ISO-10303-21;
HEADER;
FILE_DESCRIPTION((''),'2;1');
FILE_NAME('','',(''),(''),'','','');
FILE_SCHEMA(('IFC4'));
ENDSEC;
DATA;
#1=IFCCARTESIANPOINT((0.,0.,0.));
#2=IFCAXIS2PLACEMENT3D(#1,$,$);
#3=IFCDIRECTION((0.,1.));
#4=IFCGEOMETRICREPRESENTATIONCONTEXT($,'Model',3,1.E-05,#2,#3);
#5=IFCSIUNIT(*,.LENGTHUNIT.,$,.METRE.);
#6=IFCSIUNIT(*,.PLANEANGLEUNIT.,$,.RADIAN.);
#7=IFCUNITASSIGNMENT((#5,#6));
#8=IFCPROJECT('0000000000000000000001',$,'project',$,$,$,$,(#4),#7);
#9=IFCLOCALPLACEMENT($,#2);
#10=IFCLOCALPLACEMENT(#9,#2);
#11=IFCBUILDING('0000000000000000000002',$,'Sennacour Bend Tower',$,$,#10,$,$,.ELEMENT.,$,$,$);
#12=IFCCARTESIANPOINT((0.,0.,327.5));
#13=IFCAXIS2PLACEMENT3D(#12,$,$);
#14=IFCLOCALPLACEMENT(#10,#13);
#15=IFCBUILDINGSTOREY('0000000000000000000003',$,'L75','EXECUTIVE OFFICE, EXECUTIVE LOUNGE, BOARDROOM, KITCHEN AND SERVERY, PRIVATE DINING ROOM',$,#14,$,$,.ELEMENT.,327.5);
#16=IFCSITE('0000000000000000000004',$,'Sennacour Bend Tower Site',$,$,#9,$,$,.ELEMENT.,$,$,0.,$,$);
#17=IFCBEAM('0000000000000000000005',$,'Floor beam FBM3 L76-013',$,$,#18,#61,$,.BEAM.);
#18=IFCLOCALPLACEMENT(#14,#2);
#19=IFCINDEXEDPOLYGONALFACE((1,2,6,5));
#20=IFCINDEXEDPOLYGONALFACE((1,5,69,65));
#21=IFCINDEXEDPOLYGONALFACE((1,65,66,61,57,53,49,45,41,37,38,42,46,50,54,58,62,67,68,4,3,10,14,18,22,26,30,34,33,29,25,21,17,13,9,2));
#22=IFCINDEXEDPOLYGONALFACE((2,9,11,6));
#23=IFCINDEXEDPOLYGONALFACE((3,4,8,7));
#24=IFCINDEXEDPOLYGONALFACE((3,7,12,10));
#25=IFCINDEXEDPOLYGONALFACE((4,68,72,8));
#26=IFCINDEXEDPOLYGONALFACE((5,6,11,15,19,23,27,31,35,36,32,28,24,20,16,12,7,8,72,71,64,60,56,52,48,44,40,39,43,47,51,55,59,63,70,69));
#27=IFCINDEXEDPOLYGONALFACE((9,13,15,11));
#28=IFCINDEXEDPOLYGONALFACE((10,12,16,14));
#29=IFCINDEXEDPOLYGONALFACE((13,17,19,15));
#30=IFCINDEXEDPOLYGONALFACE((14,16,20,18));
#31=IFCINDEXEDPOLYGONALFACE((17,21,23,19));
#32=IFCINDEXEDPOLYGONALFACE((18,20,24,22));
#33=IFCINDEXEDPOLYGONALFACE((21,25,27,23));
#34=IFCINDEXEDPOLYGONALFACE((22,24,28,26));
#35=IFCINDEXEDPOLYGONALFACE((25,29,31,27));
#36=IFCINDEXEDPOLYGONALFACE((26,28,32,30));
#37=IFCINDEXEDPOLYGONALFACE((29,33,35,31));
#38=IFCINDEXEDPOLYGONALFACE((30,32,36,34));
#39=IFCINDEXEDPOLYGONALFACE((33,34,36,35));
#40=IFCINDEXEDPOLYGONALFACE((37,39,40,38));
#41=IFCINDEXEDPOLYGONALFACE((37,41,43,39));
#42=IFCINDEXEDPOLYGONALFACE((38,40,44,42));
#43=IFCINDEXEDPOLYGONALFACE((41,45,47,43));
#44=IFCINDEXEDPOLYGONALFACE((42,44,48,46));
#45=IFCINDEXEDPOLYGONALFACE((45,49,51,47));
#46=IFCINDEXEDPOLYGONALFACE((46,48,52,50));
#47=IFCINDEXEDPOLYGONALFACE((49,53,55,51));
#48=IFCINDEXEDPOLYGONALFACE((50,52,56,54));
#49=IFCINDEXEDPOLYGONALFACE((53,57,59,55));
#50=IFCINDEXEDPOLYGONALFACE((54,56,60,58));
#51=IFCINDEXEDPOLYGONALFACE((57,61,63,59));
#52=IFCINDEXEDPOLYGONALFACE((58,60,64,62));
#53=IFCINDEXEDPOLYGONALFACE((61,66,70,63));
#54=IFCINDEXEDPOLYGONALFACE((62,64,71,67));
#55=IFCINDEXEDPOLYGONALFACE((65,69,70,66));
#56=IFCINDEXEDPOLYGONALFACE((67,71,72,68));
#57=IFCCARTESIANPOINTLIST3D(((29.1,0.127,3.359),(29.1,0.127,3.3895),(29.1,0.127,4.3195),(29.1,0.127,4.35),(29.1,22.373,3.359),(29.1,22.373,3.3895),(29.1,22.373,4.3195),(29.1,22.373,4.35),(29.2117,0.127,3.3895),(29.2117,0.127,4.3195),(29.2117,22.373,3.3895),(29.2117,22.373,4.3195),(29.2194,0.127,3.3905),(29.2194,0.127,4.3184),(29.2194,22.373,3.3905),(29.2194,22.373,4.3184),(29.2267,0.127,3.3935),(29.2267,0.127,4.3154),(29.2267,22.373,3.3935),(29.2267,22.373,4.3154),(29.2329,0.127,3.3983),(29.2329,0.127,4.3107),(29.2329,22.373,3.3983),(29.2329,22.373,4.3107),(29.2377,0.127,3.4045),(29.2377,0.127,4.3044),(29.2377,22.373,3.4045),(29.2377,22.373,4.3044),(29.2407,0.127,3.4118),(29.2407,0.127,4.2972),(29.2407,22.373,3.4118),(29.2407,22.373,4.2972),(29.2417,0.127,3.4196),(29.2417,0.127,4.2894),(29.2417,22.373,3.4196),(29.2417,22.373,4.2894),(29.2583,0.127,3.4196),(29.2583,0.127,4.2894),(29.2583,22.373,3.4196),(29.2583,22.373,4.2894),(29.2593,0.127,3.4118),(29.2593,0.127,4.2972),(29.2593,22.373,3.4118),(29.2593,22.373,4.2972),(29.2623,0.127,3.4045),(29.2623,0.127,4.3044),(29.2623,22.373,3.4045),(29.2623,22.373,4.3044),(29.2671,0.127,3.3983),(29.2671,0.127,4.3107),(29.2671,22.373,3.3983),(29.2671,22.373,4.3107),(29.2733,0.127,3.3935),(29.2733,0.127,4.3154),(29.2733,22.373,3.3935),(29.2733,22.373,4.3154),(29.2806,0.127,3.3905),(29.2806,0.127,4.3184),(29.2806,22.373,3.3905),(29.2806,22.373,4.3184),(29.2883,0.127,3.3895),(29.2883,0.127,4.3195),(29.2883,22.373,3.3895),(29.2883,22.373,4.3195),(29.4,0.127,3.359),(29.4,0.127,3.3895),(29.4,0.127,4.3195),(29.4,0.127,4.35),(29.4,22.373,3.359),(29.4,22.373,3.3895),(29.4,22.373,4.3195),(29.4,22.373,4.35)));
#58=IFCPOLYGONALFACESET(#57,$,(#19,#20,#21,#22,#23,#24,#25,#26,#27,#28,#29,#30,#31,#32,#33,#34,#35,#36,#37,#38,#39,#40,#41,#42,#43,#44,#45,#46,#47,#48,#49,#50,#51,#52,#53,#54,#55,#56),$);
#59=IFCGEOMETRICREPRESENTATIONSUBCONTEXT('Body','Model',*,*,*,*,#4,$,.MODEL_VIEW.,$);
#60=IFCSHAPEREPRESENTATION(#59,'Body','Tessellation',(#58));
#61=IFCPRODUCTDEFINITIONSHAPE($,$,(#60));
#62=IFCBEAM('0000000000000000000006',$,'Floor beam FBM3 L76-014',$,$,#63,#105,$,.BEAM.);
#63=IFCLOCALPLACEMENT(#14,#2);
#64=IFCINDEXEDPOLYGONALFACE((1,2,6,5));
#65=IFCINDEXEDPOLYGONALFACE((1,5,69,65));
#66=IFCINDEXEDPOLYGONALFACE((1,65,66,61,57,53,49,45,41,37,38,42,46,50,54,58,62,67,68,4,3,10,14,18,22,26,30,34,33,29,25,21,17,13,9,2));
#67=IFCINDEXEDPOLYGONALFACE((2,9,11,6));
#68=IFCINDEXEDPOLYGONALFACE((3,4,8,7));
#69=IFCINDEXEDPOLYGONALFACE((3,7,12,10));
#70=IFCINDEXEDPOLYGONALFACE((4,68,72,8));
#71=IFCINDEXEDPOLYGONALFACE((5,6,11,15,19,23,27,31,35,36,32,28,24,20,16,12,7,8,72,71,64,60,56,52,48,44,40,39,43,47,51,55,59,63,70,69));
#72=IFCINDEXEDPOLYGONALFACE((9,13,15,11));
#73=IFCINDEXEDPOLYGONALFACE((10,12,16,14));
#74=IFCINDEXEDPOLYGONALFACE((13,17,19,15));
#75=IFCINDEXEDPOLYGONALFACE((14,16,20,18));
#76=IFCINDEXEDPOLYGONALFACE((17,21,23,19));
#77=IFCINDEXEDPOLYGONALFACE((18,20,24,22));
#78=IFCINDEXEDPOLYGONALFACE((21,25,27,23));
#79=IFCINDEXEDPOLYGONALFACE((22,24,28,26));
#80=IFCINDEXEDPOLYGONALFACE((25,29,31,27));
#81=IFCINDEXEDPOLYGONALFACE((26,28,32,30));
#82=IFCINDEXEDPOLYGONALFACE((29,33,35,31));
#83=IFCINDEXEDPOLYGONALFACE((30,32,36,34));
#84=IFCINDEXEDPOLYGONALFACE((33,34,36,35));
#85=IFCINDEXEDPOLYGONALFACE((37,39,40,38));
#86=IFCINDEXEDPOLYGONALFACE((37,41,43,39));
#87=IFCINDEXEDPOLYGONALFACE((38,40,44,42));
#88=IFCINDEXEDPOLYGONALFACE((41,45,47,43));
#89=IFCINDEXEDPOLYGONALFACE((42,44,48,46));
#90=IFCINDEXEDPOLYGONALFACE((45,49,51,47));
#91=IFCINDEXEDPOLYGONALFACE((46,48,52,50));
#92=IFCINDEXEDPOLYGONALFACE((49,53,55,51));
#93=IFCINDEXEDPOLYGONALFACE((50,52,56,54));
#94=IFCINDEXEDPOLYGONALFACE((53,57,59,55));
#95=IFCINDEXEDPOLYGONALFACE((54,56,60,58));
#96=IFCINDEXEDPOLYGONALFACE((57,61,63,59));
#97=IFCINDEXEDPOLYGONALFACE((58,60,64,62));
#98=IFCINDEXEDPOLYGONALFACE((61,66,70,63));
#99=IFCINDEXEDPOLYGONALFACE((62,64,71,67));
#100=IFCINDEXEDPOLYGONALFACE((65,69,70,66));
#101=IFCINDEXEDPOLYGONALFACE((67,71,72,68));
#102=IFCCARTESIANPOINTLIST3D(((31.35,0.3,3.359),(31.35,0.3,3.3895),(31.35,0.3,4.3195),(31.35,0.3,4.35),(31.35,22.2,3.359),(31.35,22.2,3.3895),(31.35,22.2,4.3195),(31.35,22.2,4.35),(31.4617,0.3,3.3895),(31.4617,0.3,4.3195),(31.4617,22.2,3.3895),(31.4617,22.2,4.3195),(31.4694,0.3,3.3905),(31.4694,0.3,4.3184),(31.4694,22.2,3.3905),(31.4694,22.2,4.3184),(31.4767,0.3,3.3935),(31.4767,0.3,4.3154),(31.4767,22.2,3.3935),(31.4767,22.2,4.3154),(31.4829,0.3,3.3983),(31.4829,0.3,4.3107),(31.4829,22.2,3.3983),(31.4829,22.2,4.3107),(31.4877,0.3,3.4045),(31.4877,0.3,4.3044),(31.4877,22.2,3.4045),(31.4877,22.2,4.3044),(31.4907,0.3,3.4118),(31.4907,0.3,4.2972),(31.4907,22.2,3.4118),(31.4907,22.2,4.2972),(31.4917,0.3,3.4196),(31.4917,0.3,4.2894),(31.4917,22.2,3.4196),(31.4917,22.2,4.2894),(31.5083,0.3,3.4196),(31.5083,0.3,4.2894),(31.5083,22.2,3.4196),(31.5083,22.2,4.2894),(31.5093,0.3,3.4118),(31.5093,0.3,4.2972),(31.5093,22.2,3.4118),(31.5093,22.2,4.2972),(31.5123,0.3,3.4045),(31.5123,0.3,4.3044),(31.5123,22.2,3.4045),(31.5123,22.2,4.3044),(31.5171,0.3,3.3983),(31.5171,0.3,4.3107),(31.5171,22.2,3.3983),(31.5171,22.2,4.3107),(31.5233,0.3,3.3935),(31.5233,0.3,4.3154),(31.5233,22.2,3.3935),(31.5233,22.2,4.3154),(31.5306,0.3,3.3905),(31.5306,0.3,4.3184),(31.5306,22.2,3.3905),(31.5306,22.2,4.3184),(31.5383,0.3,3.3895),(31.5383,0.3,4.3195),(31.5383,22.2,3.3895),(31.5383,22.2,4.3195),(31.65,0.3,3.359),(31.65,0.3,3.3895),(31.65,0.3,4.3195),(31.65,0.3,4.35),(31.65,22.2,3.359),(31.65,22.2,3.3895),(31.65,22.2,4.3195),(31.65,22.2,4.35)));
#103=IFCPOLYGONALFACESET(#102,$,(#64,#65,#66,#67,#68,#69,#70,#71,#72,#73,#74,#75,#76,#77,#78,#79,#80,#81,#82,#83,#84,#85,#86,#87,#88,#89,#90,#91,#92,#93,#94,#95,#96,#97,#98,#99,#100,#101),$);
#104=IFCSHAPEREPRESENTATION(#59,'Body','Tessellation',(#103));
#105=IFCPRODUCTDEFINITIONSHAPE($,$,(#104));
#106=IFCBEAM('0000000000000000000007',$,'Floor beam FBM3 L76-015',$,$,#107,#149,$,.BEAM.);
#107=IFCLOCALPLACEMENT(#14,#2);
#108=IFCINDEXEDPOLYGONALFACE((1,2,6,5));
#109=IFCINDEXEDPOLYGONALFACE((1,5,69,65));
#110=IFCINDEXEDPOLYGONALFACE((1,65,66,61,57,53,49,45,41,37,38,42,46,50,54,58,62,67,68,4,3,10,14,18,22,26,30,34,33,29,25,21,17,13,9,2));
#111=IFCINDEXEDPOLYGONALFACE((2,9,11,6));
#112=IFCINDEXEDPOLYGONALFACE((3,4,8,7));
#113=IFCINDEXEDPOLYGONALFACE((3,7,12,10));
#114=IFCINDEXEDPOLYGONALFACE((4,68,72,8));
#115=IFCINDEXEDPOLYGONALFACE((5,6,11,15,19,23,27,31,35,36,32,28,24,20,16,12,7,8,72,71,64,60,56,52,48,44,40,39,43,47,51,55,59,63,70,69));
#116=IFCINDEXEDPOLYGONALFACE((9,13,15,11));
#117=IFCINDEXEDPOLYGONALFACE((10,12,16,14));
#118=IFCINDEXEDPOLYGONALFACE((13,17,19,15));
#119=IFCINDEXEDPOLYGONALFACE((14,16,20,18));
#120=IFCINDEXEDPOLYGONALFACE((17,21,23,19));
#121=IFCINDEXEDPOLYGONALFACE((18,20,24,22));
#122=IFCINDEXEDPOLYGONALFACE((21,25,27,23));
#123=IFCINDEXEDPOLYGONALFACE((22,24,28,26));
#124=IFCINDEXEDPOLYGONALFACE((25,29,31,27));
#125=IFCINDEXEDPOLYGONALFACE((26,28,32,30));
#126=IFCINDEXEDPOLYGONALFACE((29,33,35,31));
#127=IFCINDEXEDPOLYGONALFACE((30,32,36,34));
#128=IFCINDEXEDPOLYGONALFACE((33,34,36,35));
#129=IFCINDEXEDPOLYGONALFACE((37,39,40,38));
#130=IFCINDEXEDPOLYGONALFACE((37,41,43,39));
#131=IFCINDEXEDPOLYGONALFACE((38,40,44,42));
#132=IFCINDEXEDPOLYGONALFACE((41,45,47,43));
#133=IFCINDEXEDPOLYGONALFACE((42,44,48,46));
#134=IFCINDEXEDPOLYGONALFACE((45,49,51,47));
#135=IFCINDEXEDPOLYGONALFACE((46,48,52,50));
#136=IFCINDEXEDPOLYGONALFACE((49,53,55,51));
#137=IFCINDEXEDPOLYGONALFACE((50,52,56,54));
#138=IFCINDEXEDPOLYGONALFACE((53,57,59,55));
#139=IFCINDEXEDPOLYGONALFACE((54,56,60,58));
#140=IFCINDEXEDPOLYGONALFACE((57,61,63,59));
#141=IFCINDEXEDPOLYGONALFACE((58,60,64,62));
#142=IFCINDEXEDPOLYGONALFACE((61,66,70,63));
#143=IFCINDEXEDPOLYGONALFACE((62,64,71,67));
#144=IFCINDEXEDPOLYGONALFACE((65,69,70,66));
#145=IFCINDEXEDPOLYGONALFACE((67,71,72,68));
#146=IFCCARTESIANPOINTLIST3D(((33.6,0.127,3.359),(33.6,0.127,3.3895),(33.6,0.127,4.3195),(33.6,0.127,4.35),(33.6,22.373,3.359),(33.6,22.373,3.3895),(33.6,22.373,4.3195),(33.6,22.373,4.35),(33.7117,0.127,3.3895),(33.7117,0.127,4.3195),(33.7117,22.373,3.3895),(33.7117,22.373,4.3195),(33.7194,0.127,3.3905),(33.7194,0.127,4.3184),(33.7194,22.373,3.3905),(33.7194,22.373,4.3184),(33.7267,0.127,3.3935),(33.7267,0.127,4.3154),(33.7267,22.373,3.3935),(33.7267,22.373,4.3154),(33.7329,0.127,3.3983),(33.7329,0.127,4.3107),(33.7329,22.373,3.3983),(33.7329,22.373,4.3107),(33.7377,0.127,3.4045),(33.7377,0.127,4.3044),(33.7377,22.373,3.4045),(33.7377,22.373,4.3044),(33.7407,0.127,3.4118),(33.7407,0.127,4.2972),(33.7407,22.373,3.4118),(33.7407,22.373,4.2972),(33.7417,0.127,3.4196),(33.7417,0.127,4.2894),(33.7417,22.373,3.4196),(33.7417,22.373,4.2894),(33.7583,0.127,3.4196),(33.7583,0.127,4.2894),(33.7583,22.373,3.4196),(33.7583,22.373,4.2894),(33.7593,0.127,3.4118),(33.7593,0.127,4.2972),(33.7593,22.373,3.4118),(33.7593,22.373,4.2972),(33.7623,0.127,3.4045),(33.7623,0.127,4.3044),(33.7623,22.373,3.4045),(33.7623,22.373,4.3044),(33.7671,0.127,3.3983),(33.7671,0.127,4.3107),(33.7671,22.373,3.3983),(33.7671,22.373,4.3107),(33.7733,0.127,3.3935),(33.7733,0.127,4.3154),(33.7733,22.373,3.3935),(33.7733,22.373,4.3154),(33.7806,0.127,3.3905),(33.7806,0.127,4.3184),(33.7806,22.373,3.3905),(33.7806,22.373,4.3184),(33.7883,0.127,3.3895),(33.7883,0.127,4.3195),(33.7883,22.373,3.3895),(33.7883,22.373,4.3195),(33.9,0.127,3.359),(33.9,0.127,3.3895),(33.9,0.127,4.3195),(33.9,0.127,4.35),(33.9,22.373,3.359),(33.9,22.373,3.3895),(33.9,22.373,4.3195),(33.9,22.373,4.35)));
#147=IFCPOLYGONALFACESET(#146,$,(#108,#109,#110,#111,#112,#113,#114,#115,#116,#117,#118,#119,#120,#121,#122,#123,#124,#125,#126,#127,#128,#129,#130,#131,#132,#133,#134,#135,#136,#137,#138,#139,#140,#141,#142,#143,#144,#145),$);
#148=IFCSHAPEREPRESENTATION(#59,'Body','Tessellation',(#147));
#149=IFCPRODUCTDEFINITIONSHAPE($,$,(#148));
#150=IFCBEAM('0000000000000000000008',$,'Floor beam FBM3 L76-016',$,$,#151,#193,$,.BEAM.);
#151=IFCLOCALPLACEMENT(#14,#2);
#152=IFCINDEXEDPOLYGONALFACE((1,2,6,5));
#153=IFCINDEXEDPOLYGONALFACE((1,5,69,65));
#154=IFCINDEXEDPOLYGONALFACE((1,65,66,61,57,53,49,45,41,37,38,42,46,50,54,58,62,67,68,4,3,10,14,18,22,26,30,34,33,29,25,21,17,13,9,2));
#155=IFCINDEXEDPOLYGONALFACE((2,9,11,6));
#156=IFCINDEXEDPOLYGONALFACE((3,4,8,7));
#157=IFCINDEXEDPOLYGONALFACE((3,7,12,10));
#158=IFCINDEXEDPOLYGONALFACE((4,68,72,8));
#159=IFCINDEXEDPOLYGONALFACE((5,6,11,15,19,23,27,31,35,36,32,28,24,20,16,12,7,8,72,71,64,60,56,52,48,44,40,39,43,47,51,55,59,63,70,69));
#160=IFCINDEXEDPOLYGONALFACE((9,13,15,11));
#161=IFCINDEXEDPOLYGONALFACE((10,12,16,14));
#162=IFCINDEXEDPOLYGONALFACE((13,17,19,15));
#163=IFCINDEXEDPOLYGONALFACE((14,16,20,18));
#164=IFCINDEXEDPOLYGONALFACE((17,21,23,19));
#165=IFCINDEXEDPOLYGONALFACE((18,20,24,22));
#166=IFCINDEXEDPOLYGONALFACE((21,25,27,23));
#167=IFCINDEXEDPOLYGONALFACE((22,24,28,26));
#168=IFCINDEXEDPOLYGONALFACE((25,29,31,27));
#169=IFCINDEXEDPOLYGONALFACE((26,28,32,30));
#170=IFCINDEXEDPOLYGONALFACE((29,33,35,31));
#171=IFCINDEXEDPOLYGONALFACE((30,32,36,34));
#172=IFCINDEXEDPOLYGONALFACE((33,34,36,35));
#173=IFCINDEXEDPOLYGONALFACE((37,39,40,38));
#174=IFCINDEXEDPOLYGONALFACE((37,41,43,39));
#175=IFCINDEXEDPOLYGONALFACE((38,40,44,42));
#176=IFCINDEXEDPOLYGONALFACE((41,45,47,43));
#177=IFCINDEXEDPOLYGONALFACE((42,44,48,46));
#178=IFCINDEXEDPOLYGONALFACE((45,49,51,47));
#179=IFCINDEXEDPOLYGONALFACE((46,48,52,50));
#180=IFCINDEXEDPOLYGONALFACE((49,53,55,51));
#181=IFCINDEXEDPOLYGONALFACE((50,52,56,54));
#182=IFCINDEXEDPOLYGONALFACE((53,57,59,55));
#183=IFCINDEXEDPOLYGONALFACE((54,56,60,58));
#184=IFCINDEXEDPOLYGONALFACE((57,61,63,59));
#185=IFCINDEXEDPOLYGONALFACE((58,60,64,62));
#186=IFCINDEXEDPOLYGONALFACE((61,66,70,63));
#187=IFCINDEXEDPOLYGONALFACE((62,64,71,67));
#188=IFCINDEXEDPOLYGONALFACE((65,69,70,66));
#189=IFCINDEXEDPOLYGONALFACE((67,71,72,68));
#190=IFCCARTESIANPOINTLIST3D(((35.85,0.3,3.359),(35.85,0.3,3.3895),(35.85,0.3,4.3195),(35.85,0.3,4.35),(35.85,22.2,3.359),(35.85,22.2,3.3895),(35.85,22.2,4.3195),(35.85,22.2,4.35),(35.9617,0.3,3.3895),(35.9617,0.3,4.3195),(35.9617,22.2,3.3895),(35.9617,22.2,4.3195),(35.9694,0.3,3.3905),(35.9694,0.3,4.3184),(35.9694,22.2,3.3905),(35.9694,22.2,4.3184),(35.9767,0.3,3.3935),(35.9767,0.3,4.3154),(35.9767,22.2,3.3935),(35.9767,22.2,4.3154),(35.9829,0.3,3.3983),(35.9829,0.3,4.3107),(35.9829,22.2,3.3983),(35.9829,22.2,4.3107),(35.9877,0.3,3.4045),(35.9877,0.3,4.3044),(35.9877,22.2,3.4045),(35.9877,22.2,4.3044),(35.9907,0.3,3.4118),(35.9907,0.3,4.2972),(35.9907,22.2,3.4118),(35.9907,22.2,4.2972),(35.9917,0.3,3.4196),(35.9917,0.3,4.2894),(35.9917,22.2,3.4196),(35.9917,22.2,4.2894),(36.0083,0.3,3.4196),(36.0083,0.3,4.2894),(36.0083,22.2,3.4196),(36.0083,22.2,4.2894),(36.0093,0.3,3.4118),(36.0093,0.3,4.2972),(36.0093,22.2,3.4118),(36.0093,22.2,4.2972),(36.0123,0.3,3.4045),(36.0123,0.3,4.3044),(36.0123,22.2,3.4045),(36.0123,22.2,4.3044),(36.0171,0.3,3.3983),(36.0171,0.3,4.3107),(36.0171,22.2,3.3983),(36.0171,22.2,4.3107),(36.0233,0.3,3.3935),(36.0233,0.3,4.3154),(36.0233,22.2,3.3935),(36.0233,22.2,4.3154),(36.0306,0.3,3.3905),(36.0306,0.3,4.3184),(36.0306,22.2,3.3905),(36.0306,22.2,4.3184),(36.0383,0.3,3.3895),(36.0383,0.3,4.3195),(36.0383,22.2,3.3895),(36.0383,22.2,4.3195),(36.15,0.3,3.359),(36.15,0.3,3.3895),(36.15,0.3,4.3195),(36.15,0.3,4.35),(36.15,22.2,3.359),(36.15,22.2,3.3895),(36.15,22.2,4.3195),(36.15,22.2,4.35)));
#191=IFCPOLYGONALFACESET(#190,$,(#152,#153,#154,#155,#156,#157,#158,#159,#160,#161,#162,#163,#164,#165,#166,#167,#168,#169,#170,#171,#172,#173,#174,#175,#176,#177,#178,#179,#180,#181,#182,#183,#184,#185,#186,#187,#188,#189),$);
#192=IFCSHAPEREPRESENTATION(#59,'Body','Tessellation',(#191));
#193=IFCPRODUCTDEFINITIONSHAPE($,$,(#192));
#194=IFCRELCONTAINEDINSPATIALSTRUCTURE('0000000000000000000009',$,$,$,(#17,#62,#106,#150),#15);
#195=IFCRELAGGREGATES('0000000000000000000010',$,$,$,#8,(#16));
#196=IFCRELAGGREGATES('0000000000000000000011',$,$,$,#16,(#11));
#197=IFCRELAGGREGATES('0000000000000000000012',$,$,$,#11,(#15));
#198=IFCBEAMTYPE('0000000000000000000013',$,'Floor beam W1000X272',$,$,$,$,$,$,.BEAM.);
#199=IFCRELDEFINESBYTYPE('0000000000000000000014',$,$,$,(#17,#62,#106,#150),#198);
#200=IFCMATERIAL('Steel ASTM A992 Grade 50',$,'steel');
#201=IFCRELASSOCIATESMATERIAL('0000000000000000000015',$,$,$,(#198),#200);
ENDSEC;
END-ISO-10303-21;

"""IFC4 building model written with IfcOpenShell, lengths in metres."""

from ifc_helpers import new_model, si_unit, direction, frame, origin, origin_2d, place, context, subcontext, project, spatial, i_section, extrude, material, material_profile, profile_set, type_object, element, save


model = new_model("IFC4")

# Units and contexts
model_context = context("Model", 3, precision=1e-05, world=origin(), true_north=direction((0.0, 1.0)))
body_context = subcontext(model_context, "Body", "Model", "MODEL_VIEW")
ifc_project = project(units=[si_unit("LENGTHUNIT", "METRE"), si_unit("PLANEANGLEUNIT", "RADIAN")], contexts=[model_context])

# Site, building, storey
site_placement = place(None, origin())
site = spatial("IfcSite", under=ifc_project, at=site_placement, Name="Sennacour Bend Tower Site", CompositionType="ELEMENT", RefElevation=0.0)
building_placement = place(site_placement, origin())
building = spatial("IfcBuilding", under=site, at=building_placement, Name="Sennacour Bend Tower", CompositionType="ELEMENT")
storey_placement = place(building_placement, frame((0.0, 0.0, 327.5)))
storey = spatial("IfcBuildingStorey", under=building, at=storey_placement, Name="L75", Description="EXECUTIVE OFFICE, EXECUTIVE LOUNGE, BOARDROOM, KITCHEN AND SERVERY, PRIVATE DINING ROOM", CompositionType="ELEMENT", Elevation=327.5)

# Beams
ifc_material_1 = material(Name="Steel ASTM A992 Grade 50", Category="steel")
ifc_material_profile_1 = material_profile(ifc_material_1, i_section(OverallWidth=0.3, OverallDepth=0.991, WebThickness=0.0166, FlangeThickness=0.0305, FilletRadius=0.03, at=origin_2d()), Name="Steel ASTM A992 Grade 50", Category="steel")
ifc_profile_set_1 = profile_set([ifc_material_profile_1], Name="Steel ASTM A992 Grade 50")
beam_type_1 = type_object("IfcBeamType", Name="Floor beam W1000X272", PredefinedType="BEAM", material=ifc_profile_set_1)
beam_1_placement = place(storey_placement, frame((29.25, 0.127, 3.8545), z_axis=(0.0, 1.0, 0.0), x_axis=(-1.0, 0.0, 0.0)))
element("IfcBeam", 1, at=beam_1_placement, inside=storey, type_object=beam_type_1, Name="Floor beam FBM3 L76-013", PredefinedType="BEAM", context=body_context, shape_type="SweptSolid", body=[
    extrude(i_section(OverallWidth=0.3, OverallDepth=0.991, WebThickness=0.0166, FlangeThickness=0.0305, FilletRadius=0.03, at=origin_2d()), origin(), (0.0, 0.0, 1.0), 22.2461),
])
beam_2_placement = place(storey_placement, frame((31.5, 0.3, 3.8545), z_axis=(0.0, 1.0, 0.0), x_axis=(-1.0, 0.0, 0.0)))
element("IfcBeam", 2, at=beam_2_placement, inside=storey, type_object=beam_type_1, Name="Floor beam FBM3 L76-014", PredefinedType="BEAM", context=body_context, shape_type="SweptSolid", body=[
    extrude(i_section(OverallWidth=0.3, OverallDepth=0.991, WebThickness=0.0166, FlangeThickness=0.0305, FilletRadius=0.03, at=origin_2d()), origin(), (0.0, 0.0, 1.0), 21.8999),
])
beam_3_placement = place(storey_placement, frame((33.75, 0.127, 3.8545), z_axis=(0.0, 1.0, 0.0), x_axis=(-1.0, 0.0, 0.0)))
element("IfcBeam", 3, at=beam_3_placement, inside=storey, type_object=beam_type_1, Name="Floor beam FBM3 L76-015", PredefinedType="BEAM", context=body_context, shape_type="SweptSolid", body=[
    extrude(i_section(OverallWidth=0.3, OverallDepth=0.991, WebThickness=0.0166, FlangeThickness=0.0305, FilletRadius=0.03, at=origin_2d()), origin(), (0.0, 0.0, 1.0), 22.2461),
])
beam_4_placement = place(storey_placement, frame((36.0, 0.3, 3.8545), z_axis=(0.0, 1.0, 0.0), x_axis=(-1.0, 0.0, 0.0)))
element("IfcBeam", 4, at=beam_4_placement, inside=storey, type_object=beam_type_1, Name="Floor beam FBM3 L76-016", PredefinedType="BEAM", context=body_context, shape_type="SweptSolid", body=[
    extrude(i_section(OverallWidth=0.3, OverallDepth=0.991, WebThickness=0.0166, FlangeThickness=0.0305, FilletRadius=0.03, at=origin_2d()), origin(), (0.0, 0.0, 1.0), 21.8999),
])

save(model, "model.ifc")
